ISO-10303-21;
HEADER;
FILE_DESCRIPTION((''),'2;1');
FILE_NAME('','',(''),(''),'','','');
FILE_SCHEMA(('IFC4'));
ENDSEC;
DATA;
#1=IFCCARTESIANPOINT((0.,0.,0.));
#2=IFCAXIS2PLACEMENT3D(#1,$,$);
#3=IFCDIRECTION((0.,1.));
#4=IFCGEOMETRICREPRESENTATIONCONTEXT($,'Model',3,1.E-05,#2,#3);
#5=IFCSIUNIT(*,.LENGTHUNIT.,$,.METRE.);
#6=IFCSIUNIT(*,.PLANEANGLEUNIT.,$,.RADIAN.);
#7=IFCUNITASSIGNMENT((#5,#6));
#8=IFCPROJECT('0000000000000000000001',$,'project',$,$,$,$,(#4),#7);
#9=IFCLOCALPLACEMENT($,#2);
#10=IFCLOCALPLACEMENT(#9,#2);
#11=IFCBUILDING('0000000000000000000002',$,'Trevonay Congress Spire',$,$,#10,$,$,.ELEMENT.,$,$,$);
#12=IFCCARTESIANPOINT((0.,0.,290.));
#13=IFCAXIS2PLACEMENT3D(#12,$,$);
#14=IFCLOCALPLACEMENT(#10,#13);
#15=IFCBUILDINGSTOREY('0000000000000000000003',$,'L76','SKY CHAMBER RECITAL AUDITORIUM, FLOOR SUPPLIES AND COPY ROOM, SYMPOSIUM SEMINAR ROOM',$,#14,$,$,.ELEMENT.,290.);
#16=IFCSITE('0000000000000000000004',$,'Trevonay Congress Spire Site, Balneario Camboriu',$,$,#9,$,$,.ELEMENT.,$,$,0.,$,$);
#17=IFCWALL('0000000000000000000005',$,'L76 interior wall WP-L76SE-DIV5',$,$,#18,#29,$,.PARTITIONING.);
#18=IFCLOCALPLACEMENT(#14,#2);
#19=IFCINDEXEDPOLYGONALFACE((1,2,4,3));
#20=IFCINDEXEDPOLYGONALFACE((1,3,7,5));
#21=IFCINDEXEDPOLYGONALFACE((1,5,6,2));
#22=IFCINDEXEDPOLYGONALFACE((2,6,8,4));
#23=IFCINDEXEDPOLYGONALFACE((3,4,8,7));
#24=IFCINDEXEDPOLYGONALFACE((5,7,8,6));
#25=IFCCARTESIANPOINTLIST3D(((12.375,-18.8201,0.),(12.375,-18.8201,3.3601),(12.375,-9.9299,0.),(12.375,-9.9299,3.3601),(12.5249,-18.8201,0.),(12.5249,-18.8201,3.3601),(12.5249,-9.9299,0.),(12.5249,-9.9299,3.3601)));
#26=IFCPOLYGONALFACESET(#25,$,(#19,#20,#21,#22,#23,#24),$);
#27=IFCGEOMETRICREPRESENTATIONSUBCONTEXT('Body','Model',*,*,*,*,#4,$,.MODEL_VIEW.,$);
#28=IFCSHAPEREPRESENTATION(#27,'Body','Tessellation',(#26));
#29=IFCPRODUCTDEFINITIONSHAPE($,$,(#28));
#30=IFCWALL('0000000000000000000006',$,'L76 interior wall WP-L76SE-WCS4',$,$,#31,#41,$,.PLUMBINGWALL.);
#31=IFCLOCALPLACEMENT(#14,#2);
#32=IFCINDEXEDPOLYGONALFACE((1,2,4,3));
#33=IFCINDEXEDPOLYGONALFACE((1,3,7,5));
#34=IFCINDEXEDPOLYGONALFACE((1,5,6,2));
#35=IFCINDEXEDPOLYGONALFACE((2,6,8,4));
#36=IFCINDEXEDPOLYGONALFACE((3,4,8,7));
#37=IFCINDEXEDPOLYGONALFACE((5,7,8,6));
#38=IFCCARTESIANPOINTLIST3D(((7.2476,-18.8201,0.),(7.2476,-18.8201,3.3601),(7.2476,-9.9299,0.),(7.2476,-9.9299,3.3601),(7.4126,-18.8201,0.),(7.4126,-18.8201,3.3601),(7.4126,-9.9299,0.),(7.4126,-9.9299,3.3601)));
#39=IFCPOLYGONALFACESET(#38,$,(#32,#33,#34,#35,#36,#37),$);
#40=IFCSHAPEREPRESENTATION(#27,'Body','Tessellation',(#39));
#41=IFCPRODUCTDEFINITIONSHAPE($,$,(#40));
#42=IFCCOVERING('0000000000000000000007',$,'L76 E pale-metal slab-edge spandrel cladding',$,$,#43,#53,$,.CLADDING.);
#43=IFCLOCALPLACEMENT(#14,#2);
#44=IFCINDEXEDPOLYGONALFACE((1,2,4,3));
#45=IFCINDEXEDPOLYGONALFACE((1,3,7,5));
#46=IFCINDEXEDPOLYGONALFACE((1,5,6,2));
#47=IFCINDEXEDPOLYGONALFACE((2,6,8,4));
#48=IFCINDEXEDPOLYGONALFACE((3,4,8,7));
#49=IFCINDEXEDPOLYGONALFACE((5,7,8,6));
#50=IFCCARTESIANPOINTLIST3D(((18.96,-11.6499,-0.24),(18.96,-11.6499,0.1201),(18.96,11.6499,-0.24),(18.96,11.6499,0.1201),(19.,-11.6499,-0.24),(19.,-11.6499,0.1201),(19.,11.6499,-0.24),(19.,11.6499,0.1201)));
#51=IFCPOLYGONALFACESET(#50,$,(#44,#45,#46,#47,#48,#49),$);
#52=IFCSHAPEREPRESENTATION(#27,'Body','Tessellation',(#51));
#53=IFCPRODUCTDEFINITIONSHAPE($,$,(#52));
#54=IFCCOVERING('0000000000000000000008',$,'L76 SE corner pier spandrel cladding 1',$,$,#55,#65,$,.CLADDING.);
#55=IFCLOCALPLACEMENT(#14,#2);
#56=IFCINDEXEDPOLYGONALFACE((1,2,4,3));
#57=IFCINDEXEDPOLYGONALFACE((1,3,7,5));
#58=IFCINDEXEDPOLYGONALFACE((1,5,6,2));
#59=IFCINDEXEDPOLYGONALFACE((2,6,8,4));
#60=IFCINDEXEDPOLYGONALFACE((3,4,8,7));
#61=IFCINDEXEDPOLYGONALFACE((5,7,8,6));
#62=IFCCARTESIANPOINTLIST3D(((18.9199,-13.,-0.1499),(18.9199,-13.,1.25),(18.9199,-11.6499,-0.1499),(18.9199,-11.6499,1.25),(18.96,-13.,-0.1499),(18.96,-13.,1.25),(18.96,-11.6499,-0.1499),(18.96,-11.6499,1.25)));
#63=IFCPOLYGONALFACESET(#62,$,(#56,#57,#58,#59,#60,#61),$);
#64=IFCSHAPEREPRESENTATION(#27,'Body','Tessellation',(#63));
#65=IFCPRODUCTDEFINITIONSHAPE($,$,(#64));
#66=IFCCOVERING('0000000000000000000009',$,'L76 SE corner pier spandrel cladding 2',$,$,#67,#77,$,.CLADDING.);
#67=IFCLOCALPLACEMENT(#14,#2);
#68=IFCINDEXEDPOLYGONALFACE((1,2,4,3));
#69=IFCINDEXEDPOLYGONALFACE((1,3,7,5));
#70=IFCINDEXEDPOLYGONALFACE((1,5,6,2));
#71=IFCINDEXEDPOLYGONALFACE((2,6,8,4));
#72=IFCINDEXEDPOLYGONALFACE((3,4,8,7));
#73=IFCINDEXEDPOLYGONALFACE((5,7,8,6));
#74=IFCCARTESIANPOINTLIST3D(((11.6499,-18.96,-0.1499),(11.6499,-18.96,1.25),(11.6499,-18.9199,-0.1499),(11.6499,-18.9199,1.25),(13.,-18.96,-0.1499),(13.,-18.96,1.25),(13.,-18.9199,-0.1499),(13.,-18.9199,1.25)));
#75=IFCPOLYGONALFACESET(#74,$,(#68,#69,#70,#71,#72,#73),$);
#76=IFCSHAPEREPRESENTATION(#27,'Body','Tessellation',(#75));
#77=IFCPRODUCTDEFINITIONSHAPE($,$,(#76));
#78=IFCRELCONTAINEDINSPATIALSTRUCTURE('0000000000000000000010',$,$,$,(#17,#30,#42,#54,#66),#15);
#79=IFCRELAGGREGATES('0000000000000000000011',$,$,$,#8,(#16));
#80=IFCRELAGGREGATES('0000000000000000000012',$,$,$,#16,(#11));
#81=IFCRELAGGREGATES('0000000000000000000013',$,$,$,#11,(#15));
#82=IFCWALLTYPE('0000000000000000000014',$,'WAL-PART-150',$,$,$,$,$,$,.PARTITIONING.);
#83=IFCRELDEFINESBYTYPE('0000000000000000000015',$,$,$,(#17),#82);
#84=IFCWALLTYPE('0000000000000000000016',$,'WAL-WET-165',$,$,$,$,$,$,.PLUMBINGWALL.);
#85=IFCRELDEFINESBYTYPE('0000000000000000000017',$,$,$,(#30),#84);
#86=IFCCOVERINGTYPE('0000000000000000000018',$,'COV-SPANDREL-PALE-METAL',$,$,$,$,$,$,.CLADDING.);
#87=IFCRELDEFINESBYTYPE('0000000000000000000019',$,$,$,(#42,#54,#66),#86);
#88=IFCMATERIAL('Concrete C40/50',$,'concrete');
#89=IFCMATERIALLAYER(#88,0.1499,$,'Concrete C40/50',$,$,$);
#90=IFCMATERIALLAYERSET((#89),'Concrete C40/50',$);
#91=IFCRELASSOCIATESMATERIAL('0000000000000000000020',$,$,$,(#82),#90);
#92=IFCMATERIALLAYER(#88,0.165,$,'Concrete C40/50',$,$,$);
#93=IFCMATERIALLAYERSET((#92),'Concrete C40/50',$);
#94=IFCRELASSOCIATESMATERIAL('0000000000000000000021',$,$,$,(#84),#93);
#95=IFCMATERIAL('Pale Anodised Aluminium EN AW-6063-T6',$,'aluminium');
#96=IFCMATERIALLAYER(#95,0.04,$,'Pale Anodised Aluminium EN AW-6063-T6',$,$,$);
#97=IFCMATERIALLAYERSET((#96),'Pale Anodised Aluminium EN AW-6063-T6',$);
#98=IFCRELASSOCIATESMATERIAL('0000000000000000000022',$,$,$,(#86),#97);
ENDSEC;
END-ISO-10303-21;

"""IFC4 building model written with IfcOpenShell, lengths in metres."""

from ifc_helpers import new_model, si_unit, direction, frame, frame_2d, origin, place, context, subcontext, project, spatial, rectangle, extrude, material, layer, layer_set, type_object, element, save


model = new_model("IFC4")

# Units and contexts
model_context = context("Model", 3, precision=1e-05, world=origin(), true_north=direction((0.0, 1.0)))
body_context = subcontext(model_context, "Body", "Model", "MODEL_VIEW")
ifc_project = project(units=[si_unit("LENGTHUNIT", "METRE"), si_unit("PLANEANGLEUNIT", "RADIAN")], contexts=[model_context])

# Site, building, storey
site_placement = place(None, origin())
site = spatial("IfcSite", under=ifc_project, at=site_placement, Name="Trevonay Congress Spire Site, Balneario Camboriu", CompositionType="ELEMENT", RefElevation=0.0)
building_placement = place(site_placement, origin())
building = spatial("IfcBuilding", under=site, at=building_placement, Name="Trevonay Congress Spire", CompositionType="ELEMENT")
storey_placement = place(building_placement, frame((0.0, 0.0, 290.0)))
storey = spatial("IfcBuildingStorey", under=building, at=storey_placement, Name="L76", Description="SKY CHAMBER RECITAL AUDITORIUM, FLOOR SUPPLIES AND COPY ROOM, SYMPOSIUM SEMINAR ROOM", CompositionType="ELEMENT", Elevation=290.0)

# Walls
ifc_material_1 = material(Name="Concrete C40/50", Category="concrete")
ifc_layer_1 = layer(ifc_material_1, 0.1499, Name="Concrete C40/50")
ifc_layer_set_1 = layer_set([ifc_layer_1], Name="Concrete C40/50")
wall_type_1 = type_object("IfcWallType", Name="WAL-PART-150", PredefinedType="PARTITIONING", material=ifc_layer_set_1)
wall_1_placement = place(storey_placement, frame((12.45, -18.8201, 0.0), z_axis=(0.0, 0.0, 1.0), x_axis=(0.0, 1.0, 0.0)))
element("IfcWall", 1, at=wall_1_placement, inside=storey, type_object=wall_type_1, Name="L76 interior wall WP-L76SE-DIV5", PredefinedType="PARTITIONING", context=body_context, shape_type="SweptSolid", body=[
    extrude(rectangle(XDim=8.8901, YDim=0.1499, at=frame_2d((4.4451, 0.0))), origin(), (0.0, 0.0, 1.0), 3.3601),
])
ifc_layer_2 = layer(ifc_material_1, 0.165, Name="Concrete C40/50")
ifc_layer_set_2 = layer_set([ifc_layer_2], Name="Concrete C40/50")
wall_type_2 = type_object("IfcWallType", Name="WAL-WET-165", PredefinedType="PLUMBINGWALL", material=ifc_layer_set_2)
wall_2_placement = place(storey_placement, frame((7.3301, -18.8201, 0.0), z_axis=(0.0, 0.0, 1.0), x_axis=(0.0, 1.0, 0.0)))
element("IfcWall", 2, at=wall_2_placement, inside=storey, type_object=wall_type_2, Name="L76 interior wall WP-L76SE-WCS4", PredefinedType="PLUMBINGWALL", context=body_context, shape_type="SweptSolid", body=[
    extrude(rectangle(XDim=8.8901, YDim=0.165, at=frame_2d((4.4451, 0.0))), origin(), (0.0, 0.0, 1.0), 3.3601),
])

# Coverings
ifc_material_2 = material(Name="Pale Anodised Aluminium EN AW-6063-T6", Category="aluminium")
ifc_layer_3 = layer(ifc_material_2, 0.04, Name="Pale Anodised Aluminium EN AW-6063-T6")
ifc_layer_set_3 = layer_set([ifc_layer_3], Name="Pale Anodised Aluminium EN AW-6063-T6")
covering_type = type_object("IfcCoveringType", Name="COV-SPANDREL-PALE-METAL", PredefinedType="CLADDING", material=ifc_layer_set_3)
covering_placement = place(storey_placement, frame((18.98, -11.6499, -0.24), z_axis=(0.0, 0.0, 1.0), x_axis=(0.0, 1.0, 0.0)))
element("IfcCovering", 3, at=covering_placement, inside=storey, type_object=covering_type, Name="L76 E pale-metal slab-edge spandrel cladding", PredefinedType="CLADDING", context=body_context, shape_type="SweptSolid", body=[
    extrude(rectangle(XDim=23.2998, YDim=0.04, at=frame_2d((11.6499, 0.0))), origin(), (0.0, 0.0, 1.0), 0.3601),
])
for number, where, z_axis, x_axis, name in (
    (4, (18.9399, -11.6499, -0.1499), (0.0, 0.0, 1.0), (0.0, -1.0, 0.0), "L76 SE corner pier spandrel cladding 1"),
    (5, (11.6499, -18.9399, -0.1499), (0.0, 0.0, 1.0), (1.0, 0.0, 0.0), "L76 SE corner pier spandrel cladding 2"),
):
    element("IfcCovering", number, at=place(storey_placement, frame(where, z_axis=z_axis, x_axis=x_axis)), inside=storey, type_object=covering_type, Name=name, PredefinedType="CLADDING", context=body_context, shape_type="SweptSolid", body=[
        extrude(rectangle(XDim=1.3501, YDim=0.04, at=frame_2d((0.675, 0.0))), origin(), (0.0, 0.0, 1.0), 1.3999),
    ])

save(model, "model.ifc")
